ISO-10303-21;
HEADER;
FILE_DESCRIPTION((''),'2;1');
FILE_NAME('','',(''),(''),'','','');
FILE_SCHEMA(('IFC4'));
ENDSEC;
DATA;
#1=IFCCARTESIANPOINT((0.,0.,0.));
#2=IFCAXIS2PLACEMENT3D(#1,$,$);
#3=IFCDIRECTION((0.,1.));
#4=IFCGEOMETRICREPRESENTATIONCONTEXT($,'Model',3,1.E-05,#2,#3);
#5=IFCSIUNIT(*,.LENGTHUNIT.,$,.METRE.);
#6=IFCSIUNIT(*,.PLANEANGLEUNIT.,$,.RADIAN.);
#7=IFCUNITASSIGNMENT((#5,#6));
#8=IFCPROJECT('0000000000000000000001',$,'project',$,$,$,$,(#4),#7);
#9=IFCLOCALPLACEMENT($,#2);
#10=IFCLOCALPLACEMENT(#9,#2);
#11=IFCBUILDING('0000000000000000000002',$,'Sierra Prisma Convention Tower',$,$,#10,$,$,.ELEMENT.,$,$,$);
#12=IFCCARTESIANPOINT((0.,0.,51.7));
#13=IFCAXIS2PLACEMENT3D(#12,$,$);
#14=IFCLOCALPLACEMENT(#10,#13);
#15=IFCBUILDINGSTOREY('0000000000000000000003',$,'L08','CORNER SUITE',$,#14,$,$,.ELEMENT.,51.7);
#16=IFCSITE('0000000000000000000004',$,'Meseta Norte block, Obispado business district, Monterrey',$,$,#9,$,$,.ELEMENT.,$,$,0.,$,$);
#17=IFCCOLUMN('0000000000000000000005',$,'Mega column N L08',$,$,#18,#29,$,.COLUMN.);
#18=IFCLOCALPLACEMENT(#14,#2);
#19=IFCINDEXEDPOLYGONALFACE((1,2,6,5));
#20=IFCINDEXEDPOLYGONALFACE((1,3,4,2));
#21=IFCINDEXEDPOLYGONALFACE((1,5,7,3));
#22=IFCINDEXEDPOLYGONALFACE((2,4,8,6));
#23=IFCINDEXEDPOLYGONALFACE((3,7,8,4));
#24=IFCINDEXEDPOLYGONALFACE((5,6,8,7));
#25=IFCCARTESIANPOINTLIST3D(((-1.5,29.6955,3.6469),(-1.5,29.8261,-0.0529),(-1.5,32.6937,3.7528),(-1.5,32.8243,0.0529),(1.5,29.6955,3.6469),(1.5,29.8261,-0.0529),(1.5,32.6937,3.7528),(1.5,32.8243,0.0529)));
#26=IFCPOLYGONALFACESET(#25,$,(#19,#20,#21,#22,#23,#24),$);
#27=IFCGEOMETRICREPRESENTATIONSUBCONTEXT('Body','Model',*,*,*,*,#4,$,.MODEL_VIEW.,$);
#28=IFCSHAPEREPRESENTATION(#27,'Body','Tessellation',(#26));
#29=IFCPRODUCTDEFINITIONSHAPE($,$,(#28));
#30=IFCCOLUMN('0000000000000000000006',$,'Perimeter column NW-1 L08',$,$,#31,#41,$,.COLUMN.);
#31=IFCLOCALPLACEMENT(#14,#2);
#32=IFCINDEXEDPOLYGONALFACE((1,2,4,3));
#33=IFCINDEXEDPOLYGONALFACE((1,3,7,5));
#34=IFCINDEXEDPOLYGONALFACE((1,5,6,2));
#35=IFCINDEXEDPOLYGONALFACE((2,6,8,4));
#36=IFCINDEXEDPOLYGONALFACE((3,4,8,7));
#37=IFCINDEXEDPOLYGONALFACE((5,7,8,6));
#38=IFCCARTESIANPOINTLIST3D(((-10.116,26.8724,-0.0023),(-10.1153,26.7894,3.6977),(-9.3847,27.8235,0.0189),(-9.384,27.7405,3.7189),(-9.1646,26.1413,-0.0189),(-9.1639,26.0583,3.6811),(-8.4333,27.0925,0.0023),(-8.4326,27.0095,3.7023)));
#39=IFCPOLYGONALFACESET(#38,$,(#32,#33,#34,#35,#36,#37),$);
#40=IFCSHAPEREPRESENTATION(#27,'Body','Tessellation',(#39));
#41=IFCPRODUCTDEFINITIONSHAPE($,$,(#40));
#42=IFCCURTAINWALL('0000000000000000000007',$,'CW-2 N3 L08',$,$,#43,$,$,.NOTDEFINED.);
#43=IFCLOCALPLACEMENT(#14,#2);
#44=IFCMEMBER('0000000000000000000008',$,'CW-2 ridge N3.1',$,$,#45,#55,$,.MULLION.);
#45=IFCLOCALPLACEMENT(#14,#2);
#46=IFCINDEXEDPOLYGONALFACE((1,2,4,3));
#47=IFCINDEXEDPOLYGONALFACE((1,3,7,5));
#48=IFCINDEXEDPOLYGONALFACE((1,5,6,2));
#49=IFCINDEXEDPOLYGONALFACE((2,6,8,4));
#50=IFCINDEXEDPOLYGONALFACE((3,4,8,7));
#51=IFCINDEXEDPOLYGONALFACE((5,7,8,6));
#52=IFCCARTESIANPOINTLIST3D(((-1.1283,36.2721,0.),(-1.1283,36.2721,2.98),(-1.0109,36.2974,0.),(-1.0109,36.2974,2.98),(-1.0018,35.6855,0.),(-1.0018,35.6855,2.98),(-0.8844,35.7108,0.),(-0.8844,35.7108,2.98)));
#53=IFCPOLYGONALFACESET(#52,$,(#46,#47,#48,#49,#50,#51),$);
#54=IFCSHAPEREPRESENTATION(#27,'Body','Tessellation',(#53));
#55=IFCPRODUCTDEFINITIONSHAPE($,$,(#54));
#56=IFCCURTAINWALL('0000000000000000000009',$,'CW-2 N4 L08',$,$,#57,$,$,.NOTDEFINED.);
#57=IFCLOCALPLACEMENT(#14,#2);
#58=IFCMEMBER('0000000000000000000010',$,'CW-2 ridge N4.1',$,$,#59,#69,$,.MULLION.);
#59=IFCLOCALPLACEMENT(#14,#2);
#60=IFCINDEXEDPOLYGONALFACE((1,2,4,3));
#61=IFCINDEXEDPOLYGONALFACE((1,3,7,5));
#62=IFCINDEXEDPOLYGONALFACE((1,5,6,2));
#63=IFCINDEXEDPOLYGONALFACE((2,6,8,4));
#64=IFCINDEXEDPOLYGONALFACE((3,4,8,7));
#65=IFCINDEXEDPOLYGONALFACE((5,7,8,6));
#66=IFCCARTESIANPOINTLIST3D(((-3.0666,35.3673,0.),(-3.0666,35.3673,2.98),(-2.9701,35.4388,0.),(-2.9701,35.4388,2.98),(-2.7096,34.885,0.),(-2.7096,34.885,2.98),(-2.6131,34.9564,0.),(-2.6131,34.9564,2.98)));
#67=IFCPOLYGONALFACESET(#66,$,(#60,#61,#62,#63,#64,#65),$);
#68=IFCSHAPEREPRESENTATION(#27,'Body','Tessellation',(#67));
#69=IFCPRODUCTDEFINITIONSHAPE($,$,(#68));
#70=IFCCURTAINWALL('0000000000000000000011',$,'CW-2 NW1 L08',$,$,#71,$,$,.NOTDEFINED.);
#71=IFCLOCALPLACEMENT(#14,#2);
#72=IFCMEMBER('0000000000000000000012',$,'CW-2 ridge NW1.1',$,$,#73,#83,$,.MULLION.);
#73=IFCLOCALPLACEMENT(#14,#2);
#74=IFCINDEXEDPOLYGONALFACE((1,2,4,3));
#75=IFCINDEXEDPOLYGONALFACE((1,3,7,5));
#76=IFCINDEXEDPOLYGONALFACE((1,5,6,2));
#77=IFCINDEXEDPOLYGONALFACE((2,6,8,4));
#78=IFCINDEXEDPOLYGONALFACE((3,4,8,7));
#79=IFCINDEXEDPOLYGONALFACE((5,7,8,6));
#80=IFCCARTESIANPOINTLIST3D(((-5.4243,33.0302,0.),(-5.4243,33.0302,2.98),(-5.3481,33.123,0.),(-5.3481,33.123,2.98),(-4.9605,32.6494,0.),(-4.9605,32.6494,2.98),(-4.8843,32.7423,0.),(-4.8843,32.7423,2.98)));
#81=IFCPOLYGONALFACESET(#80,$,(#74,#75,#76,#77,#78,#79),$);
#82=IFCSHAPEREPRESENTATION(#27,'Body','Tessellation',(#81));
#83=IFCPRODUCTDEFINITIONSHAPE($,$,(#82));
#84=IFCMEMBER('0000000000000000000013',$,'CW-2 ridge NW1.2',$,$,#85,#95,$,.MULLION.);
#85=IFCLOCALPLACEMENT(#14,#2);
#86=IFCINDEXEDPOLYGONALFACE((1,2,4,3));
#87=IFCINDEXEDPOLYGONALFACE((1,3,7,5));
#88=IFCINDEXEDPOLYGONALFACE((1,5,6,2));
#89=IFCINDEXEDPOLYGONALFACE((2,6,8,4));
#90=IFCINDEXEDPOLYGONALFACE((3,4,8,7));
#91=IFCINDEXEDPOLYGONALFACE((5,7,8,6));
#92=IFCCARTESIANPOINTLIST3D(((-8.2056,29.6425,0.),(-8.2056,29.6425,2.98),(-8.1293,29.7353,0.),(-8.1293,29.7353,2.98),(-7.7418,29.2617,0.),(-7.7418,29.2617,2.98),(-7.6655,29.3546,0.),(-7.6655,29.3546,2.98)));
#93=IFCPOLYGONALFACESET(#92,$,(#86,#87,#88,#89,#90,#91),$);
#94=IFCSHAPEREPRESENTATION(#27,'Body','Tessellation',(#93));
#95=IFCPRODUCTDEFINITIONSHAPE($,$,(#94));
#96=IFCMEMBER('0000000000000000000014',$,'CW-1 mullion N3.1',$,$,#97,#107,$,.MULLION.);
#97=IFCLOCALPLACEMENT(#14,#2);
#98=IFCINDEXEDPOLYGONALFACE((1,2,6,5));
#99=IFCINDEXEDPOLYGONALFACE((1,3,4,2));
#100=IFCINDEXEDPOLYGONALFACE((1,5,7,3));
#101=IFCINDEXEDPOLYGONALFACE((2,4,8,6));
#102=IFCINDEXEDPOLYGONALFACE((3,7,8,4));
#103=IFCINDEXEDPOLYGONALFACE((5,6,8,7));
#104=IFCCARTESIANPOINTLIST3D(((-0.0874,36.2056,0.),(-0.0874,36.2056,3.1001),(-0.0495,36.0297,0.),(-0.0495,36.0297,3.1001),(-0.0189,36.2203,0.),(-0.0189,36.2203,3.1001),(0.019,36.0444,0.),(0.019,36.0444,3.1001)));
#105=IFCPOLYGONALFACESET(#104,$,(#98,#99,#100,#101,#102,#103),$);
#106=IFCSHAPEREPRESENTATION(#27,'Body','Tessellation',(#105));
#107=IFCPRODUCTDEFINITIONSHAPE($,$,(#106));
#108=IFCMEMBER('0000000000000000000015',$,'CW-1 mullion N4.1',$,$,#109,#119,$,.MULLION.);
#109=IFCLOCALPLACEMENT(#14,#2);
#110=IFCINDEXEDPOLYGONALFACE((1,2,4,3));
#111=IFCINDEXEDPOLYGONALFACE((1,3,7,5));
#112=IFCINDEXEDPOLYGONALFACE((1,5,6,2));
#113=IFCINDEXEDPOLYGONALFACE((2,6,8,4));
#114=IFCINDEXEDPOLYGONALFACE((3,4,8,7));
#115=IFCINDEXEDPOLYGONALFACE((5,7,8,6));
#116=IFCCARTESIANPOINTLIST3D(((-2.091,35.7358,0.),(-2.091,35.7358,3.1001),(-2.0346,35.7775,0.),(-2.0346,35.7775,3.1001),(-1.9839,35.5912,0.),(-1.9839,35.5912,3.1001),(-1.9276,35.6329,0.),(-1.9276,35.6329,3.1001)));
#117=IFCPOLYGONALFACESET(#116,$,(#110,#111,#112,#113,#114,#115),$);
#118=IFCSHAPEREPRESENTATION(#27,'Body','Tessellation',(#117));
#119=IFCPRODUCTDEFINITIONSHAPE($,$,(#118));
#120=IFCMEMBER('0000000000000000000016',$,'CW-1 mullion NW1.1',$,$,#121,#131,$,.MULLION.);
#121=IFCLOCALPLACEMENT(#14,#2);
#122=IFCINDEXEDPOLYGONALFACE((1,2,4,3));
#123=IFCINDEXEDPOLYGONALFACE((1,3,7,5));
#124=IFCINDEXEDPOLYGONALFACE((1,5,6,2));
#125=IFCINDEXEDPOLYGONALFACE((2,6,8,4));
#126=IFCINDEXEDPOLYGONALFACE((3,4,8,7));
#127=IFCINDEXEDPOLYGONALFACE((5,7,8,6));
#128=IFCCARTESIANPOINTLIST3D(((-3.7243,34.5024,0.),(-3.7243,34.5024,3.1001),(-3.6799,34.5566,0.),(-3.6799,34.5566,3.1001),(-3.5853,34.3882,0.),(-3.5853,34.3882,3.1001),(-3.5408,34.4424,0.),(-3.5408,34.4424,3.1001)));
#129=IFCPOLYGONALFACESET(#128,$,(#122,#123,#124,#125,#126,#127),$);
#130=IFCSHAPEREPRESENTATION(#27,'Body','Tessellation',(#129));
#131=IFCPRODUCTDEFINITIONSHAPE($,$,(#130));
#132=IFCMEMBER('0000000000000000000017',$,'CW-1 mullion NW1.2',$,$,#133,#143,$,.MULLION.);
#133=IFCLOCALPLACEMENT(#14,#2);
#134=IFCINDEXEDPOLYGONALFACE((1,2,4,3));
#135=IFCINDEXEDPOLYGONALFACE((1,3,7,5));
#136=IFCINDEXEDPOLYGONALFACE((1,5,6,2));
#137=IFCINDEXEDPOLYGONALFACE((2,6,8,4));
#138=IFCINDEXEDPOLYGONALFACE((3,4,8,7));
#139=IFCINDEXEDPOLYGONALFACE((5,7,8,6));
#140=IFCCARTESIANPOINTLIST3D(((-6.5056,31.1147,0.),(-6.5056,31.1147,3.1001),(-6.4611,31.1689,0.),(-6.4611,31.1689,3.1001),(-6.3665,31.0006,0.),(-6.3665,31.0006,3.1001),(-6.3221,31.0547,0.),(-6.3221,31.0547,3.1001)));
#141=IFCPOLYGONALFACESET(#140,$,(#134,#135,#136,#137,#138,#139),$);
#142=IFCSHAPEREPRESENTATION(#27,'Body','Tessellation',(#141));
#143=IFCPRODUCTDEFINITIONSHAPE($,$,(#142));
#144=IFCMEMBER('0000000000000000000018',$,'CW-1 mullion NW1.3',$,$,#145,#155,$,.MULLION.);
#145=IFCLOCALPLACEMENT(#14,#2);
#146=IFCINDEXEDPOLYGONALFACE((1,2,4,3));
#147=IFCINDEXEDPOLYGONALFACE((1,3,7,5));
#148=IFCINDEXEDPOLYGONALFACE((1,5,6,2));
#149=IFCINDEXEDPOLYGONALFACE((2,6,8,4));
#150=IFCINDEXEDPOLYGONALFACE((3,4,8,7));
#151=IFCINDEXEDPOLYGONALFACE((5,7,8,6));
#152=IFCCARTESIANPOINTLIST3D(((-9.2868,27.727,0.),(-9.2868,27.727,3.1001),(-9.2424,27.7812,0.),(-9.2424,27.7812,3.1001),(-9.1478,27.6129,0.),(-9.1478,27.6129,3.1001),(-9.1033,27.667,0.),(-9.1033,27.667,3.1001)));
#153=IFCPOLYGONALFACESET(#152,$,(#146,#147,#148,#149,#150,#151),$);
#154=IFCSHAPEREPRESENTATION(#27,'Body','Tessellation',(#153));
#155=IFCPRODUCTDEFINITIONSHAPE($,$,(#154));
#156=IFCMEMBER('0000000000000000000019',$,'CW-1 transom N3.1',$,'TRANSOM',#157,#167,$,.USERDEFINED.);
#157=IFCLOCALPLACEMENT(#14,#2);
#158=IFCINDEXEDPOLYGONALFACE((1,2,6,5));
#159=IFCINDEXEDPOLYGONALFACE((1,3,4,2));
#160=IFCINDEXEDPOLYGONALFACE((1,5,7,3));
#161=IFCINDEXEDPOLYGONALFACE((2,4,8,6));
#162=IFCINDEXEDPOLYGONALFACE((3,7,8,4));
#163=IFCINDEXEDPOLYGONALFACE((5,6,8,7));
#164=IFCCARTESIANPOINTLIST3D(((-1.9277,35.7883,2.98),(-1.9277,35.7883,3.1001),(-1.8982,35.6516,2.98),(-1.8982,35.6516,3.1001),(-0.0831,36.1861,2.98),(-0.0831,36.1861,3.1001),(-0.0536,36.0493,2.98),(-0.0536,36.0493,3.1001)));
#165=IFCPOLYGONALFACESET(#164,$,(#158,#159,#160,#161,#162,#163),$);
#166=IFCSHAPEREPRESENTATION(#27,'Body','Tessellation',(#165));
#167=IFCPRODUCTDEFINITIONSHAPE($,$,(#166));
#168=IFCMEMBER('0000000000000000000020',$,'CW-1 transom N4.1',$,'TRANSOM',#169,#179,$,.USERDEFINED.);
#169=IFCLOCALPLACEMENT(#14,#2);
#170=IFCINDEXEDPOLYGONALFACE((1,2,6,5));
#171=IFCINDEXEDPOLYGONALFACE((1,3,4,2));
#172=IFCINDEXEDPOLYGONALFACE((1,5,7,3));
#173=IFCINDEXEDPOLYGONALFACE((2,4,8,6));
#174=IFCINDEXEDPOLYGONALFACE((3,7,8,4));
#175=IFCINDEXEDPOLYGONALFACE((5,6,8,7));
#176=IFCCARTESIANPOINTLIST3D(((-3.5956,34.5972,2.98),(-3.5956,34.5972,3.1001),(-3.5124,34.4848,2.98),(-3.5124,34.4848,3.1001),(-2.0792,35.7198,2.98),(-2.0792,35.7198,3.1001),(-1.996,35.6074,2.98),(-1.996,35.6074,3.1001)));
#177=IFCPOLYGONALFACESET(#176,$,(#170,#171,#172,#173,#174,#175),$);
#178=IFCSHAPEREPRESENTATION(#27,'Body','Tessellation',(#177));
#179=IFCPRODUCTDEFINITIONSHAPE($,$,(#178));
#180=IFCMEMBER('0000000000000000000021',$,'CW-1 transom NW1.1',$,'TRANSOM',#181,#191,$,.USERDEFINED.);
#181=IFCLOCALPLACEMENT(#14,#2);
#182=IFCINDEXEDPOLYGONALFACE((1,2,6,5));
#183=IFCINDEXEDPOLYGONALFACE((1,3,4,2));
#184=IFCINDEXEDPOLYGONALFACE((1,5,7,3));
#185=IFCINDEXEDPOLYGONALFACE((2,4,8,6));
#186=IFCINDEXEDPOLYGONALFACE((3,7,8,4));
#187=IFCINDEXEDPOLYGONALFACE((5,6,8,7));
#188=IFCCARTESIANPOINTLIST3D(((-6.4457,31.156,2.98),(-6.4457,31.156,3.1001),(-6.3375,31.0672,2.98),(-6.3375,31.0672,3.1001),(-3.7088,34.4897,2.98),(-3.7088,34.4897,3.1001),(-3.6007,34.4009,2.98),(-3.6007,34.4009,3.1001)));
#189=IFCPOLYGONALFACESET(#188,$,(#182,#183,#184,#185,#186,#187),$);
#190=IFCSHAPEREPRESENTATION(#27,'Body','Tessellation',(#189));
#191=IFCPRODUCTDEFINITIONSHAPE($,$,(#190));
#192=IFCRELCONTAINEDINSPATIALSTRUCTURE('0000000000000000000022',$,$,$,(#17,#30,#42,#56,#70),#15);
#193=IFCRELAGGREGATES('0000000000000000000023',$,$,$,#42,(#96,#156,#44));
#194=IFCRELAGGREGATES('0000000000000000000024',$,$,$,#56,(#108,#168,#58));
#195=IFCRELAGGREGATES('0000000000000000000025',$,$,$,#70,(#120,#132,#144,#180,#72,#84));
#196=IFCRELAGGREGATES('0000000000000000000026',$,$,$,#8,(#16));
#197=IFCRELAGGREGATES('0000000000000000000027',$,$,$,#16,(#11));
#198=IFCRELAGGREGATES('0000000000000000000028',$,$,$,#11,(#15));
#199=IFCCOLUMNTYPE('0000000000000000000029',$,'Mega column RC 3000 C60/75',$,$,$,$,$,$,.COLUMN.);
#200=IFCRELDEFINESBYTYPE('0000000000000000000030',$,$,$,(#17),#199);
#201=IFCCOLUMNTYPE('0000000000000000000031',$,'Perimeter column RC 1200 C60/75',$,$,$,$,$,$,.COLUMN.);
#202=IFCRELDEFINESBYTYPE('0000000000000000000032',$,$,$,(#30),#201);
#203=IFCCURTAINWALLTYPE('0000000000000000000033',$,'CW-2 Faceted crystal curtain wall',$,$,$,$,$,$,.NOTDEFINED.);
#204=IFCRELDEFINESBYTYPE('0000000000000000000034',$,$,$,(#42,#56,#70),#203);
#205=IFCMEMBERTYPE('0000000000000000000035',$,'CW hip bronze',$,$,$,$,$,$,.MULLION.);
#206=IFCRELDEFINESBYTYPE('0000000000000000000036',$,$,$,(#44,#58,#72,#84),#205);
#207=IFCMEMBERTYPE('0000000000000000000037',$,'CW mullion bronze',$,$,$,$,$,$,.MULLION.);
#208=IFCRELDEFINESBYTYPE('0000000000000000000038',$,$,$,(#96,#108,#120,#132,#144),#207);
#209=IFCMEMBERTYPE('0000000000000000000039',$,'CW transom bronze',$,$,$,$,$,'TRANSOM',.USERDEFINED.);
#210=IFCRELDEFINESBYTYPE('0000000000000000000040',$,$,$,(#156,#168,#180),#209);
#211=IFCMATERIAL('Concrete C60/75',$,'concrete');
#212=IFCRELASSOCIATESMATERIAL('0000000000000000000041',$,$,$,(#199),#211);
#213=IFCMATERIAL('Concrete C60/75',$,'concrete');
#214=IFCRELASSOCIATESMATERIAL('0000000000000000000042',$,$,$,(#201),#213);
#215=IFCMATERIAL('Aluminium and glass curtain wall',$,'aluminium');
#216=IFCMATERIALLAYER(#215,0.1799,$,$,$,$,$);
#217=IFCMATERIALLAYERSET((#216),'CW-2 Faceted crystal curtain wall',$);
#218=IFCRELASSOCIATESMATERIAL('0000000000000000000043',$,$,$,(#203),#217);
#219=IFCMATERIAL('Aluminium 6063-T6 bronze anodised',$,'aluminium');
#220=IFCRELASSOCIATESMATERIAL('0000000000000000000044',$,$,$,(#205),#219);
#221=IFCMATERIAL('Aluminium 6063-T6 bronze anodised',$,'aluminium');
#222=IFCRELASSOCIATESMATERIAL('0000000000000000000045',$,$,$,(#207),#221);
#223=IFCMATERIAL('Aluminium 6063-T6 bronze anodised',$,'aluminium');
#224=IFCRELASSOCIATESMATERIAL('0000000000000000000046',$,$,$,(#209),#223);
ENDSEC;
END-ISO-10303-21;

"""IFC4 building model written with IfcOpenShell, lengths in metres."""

from ifc_helpers import new_model, si_unit, direction, frame, origin, origin_2d, place, context, subcontext, project, spatial, rectangle, extrude, material, layer, layer_set, material_profile, profile_set, type_object, element, aggregate, save


model = new_model("IFC4")

# Units and contexts
model_context = context("Model", 3, precision=1e-05, world=origin(), true_north=direction((0.0, 1.0)))
body_context = subcontext(model_context, "Body", "Model", "MODEL_VIEW")
ifc_project = project(units=[si_unit("LENGTHUNIT", "METRE"), si_unit("PLANEANGLEUNIT", "RADIAN")], contexts=[model_context])

# Site, building, storey
site_placement = place(None, origin())
site = spatial("IfcSite", under=ifc_project, at=site_placement, Name="Meseta Norte block, Obispado business district, Monterrey", CompositionType="ELEMENT", RefElevation=0.0)
building_placement = place(site_placement, origin())
building = spatial("IfcBuilding", under=site, at=building_placement, Name="Sierra Prisma Convention Tower", CompositionType="ELEMENT")
storey_placement = place(building_placement, frame((0.0, 0.0, 51.7)))
storey = spatial("IfcBuildingStorey", under=building, at=storey_placement, Name="L08", Description="CORNER SUITE", CompositionType="ELEMENT", Elevation=51.7)

# Columns
ifc_material_1 = material(Name="Concrete C60/75", Category="concrete")
ifc_material_profile_1 = material_profile(ifc_material_1, rectangle(XDim=3.0, YDim=3.0, at=origin_2d()), Name="Mega column RC 3000 C60/75")
ifc_profile_set_1 = profile_set([ifc_material_profile_1], Name="Concrete C60/75")
column_type_1 = type_object("IfcColumnType", Name="Mega column RC 3000 C60/75", PredefinedType="COLUMN", material=ifc_profile_set_1)
column_1_placement = place(storey_placement, frame((0.0, 31.3252, 0.0), z_axis=(0.0, -0.03528, 0.999377), x_axis=(1.0, 0.0, 0.0)))
element("IfcColumn", 1, at=column_1_placement, inside=storey, type_object=column_type_1, Name="Mega column N L08", PredefinedType="COLUMN", context=body_context, shape_type="SweptSolid", body=[
    extrude(rectangle(XDim=3.0, YDim=3.0, at=origin_2d()), origin(), (0.0, 0.0, 1.0), 3.7021),
])
ifc_material_2 = material(Name="Concrete C60/75", Category="concrete")
ifc_material_profile_2 = material_profile(ifc_material_2, rectangle(XDim=1.2, YDim=1.2, at=origin_2d()), Name="Perimeter column RC 1200 C60/75")
ifc_profile_set_2 = profile_set([ifc_material_profile_2], Name="Concrete C60/75")
column_type_2 = type_object("IfcColumnType", Name="Perimeter column RC 1200 C60/75", PredefinedType="COLUMN", material=ifc_profile_set_2)
column_2_placement = place(storey_placement, frame((-9.2747, 26.9824, 0.0), z_axis=(0.000198, -0.022429, 0.999748), x_axis=(0.609411, 0.792658, 0.017663)))
element("IfcColumn", 2, at=column_2_placement, inside=storey, type_object=column_type_2, Name="Perimeter column NW-1 L08", PredefinedType="COLUMN", context=body_context, shape_type="SweptSolid", body=[
    extrude(rectangle(XDim=1.2, YDim=1.2, at=origin_2d()), origin(), (0.0, 0.0, 1.0), 3.7009),
])

# Curtain walls, members
ifc_material_3 = material(Name="Aluminium and glass curtain wall", Category="aluminium")
ifc_layer_1 = layer(ifc_material_3, 0.1799)
ifc_layer_set_1 = layer_set([ifc_layer_1], Name="CW-2 Faceted crystal curtain wall")
curtain_wall_type = type_object("IfcCurtainWallType", Name="CW-2 Faceted crystal curtain wall", PredefinedType="NOTDEFINED", material=ifc_layer_set_1)
curtain_wall_1_placement = place(storey_placement, origin())
curtain_wall_1 = element("IfcCurtainWall", 3, at=curtain_wall_1_placement, inside=storey, type_object=curtain_wall_type, Name="CW-2 N3 L08", PredefinedType="NOTDEFINED")
ifc_material_4 = material(Name="Aluminium 6063-T6 bronze anodised", Category="aluminium")
ifc_material_profile_3 = material_profile(ifc_material_4, rectangle(XDim=0.1201, YDim=0.6001, at=origin_2d()), Name="ALU RIDGE BLADE 120x600")
ifc_profile_set_3 = profile_set([ifc_material_profile_3], Name="Aluminium 6063-T6 bronze anodised")
member_type_1 = type_object("IfcMemberType", Name="CW hip bronze", PredefinedType="MULLION", material=ifc_profile_set_3)
member_1_placement = place(storey_placement, frame((-1.0063, 35.9915, 0.0), z_axis=(0.0, 0.0, 1.0), x_axis=(-0.977527, -0.210811, 0.0)))
member_1 = element("IfcMember", 4, at=member_1_placement, type_object=member_type_1, Name="CW-2 ridge N3.1", PredefinedType="MULLION", context=body_context, shape_type="SweptSolid", body=[
    extrude(rectangle(XDim=0.1201, YDim=0.6001, at=origin_2d()), origin(), (0.0, 0.0, 1.0), 2.98),
])
curtain_wall_2_placement = place(storey_placement, origin())
curtain_wall_2 = element("IfcCurtainWall", 5, at=curtain_wall_2_placement, inside=storey, type_object=curtain_wall_type, Name="CW-2 N4 L08", PredefinedType="NOTDEFINED")
member_2_placement = place(storey_placement, frame((-2.8398, 35.1619, 0.0), z_axis=(0.0, 0.0, 1.0), x_axis=(-0.803756, -0.594959, 0.0)))
member_2 = element("IfcMember", 6, at=member_2_placement, type_object=member_type_1, Name="CW-2 ridge N4.1", PredefinedType="MULLION", context=body_context, shape_type="SweptSolid", body=[
    extrude(rectangle(XDim=0.1201, YDim=0.6001, at=origin_2d()), origin(), (0.0, 0.0, 1.0), 2.98),
])

# Curtain wall, members
curtain_wall_3_placement = place(storey_placement, origin())
curtain_wall_3 = element("IfcCurtainWall", 7, at=curtain_wall_3_placement, inside=storey, type_object=curtain_wall_type, Name="CW-2 NW1 L08", PredefinedType="NOTDEFINED")
member_3_placement = place(storey_placement, frame((-5.1543, 32.8862, 0.0), z_axis=(0.0, 0.0, 1.0), x_axis=(-0.634539, -0.772891, 0.0)))
member_3 = element("IfcMember", 8, at=member_3_placement, type_object=member_type_1, Name="CW-2 ridge NW1.1", PredefinedType="MULLION", context=body_context, shape_type="SweptSolid", body=[
    extrude(rectangle(XDim=0.1201, YDim=0.6001, at=origin_2d()), origin(), (0.0, 0.0, 1.0), 2.98),
])
member_4_placement = place(storey_placement, frame((-7.9355, 29.4985, 0.0), z_axis=(0.0, 0.0, 1.0), x_axis=(-0.634539, -0.772891, 0.0)))
member_4 = element("IfcMember", 9, at=member_4_placement, type_object=member_type_1, Name="CW-2 ridge NW1.2", PredefinedType="MULLION", context=body_context, shape_type="SweptSolid", body=[
    extrude(rectangle(XDim=0.1201, YDim=0.6001, at=origin_2d()), origin(), (0.0, 0.0, 1.0), 2.98),
])

# Members
ifc_material_5 = material(Name="Aluminium 6063-T6 bronze anodised", Category="aluminium")
ifc_material_profile_4 = material_profile(ifc_material_5, rectangle(XDim=0.1799, YDim=0.0701, at=origin_2d()), Name="ALU MULLION 70x180")
ifc_profile_set_4 = profile_set([ifc_material_profile_4], Name="Aluminium 6063-T6 bronze anodised")
member_type_2 = type_object("IfcMemberType", Name="CW mullion bronze", PredefinedType="MULLION", material=ifc_profile_set_4)
member_5_placement = place(storey_placement, frame((-0.0342, 36.125, 0.0), z_axis=(0.0, 0.0, 1.0), x_axis=(0.210811, -0.977527, 0.0)))
member_5 = element("IfcMember", 10, at=member_5_placement, type_object=member_type_2, Name="CW-1 mullion N3.1", PredefinedType="MULLION", context=body_context, shape_type="SweptSolid", body=[
    extrude(rectangle(XDim=0.1799, YDim=0.0701, at=origin_2d()), origin(), (0.0, 0.0, 1.0), 3.1001),
])
member_6_placement = place(storey_placement, frame((-2.0093, 35.6843, 0.0), z_axis=(0.0, 0.0, 1.0), x_axis=(0.594959, -0.803756, 0.0)))
member_6 = element("IfcMember", 11, at=member_6_placement, type_object=member_type_2, Name="CW-1 mullion N4.1", PredefinedType="MULLION", context=body_context, shape_type="SweptSolid", body=[
    extrude(rectangle(XDim=0.1799, YDim=0.0701, at=origin_2d()), origin(), (0.0, 0.0, 1.0), 3.1001),
])
member_7_placement = place(storey_placement, frame((-3.6326, 34.4724, 0.0), z_axis=(0.0, 0.0, 1.0), x_axis=(0.772891, -0.634539, 0.0)))
member_7 = element("IfcMember", 12, at=member_7_placement, type_object=member_type_2, Name="CW-1 mullion NW1.1", PredefinedType="MULLION", context=body_context, shape_type="SweptSolid", body=[
    extrude(rectangle(XDim=0.1799, YDim=0.0701, at=origin_2d()), origin(), (0.0, 0.0, 1.0), 3.1001),
])
member_8_placement = place(storey_placement, frame((-6.4138, 31.0847, 0.0), z_axis=(0.0, 0.0, 1.0), x_axis=(0.772891, -0.634539, 0.0)))
member_8 = element("IfcMember", 13, at=member_8_placement, type_object=member_type_2, Name="CW-1 mullion NW1.2", PredefinedType="MULLION", context=body_context, shape_type="SweptSolid", body=[
    extrude(rectangle(XDim=0.1799, YDim=0.0701, at=origin_2d()), origin(), (0.0, 0.0, 1.0), 3.1001),
])
member_9_placement = place(storey_placement, frame((-9.1951, 27.697, 0.0), z_axis=(0.0, 0.0, 1.0), x_axis=(0.772891, -0.634539, 0.0)))
member_9 = element("IfcMember", 14, at=member_9_placement, type_object=member_type_2, Name="CW-1 mullion NW1.3", PredefinedType="MULLION", context=body_context, shape_type="SweptSolid", body=[
    extrude(rectangle(XDim=0.1799, YDim=0.0701, at=origin_2d()), origin(), (0.0, 0.0, 1.0), 3.1001),
])
ifc_material_6 = material(Name="Aluminium 6063-T6 bronze anodised", Category="aluminium")
ifc_material_profile_5 = material_profile(ifc_material_6, rectangle(XDim=0.1399, YDim=0.1201, at=origin_2d()), Name="ALU TRANSOM 120x140")
ifc_profile_set_5 = profile_set([ifc_material_profile_5], Name="Aluminium 6063-T6 bronze anodised")
member_type_3 = type_object("IfcMemberType", Name="CW transom bronze", ElementType="TRANSOM", PredefinedType="USERDEFINED", material=ifc_profile_set_5)
member_10_placement = place(storey_placement, frame((-0.0684, 36.1177, 3.04), z_axis=(-0.977535, -0.210775, 0.0), x_axis=(0.210775, -0.977535, 0.0)))
member_10 = element("IfcMember", 15, at=member_10_placement, type_object=member_type_3, Name="CW-1 transom N3.1", ObjectType="TRANSOM", PredefinedType="USERDEFINED", context=body_context, shape_type="SweptSolid", body=[
    extrude(rectangle(XDim=0.1399, YDim=0.1201, at=origin_2d()), origin(), (0.0, 0.0, 1.0), 1.887),
])
member_11_placement = place(storey_placement, frame((-2.0376, 35.6636, 3.04), z_axis=(-0.803727, -0.594999, 0.0), x_axis=(0.594999, -0.803727, 0.0)))
member_11 = element("IfcMember", 16, at=member_11_placement, type_object=member_type_3, Name="CW-1 transom N4.1", ObjectType="TRANSOM", PredefinedType="USERDEFINED", context=body_context, shape_type="SweptSolid", body=[
    extrude(rectangle(XDim=0.1399, YDim=0.1201, at=origin_2d()), origin(), (0.0, 0.0, 1.0), 1.8867),
])
member_12_placement = place(storey_placement, frame((-3.6548, 34.4453, 3.04), z_axis=(-0.634516, -0.77291, 0.0), x_axis=(0.77291, -0.634516, 0.0)))
member_12 = element("IfcMember", 17, at=member_12_placement, type_object=member_type_3, Name="CW-1 transom NW1.1", ObjectType="TRANSOM", PredefinedType="USERDEFINED", context=body_context, shape_type="SweptSolid", body=[
    extrude(rectangle(XDim=0.1399, YDim=0.1201, at=origin_2d()), origin(), (0.0, 0.0, 1.0), 4.3132),
])

aggregate(curtain_wall_1, [member_5, member_10, member_1])
aggregate(curtain_wall_2, [member_6, member_11, member_2])
aggregate(curtain_wall_3, [member_7, member_8, member_9, member_12, member_3, member_4])

save(model, "model.ifc")
